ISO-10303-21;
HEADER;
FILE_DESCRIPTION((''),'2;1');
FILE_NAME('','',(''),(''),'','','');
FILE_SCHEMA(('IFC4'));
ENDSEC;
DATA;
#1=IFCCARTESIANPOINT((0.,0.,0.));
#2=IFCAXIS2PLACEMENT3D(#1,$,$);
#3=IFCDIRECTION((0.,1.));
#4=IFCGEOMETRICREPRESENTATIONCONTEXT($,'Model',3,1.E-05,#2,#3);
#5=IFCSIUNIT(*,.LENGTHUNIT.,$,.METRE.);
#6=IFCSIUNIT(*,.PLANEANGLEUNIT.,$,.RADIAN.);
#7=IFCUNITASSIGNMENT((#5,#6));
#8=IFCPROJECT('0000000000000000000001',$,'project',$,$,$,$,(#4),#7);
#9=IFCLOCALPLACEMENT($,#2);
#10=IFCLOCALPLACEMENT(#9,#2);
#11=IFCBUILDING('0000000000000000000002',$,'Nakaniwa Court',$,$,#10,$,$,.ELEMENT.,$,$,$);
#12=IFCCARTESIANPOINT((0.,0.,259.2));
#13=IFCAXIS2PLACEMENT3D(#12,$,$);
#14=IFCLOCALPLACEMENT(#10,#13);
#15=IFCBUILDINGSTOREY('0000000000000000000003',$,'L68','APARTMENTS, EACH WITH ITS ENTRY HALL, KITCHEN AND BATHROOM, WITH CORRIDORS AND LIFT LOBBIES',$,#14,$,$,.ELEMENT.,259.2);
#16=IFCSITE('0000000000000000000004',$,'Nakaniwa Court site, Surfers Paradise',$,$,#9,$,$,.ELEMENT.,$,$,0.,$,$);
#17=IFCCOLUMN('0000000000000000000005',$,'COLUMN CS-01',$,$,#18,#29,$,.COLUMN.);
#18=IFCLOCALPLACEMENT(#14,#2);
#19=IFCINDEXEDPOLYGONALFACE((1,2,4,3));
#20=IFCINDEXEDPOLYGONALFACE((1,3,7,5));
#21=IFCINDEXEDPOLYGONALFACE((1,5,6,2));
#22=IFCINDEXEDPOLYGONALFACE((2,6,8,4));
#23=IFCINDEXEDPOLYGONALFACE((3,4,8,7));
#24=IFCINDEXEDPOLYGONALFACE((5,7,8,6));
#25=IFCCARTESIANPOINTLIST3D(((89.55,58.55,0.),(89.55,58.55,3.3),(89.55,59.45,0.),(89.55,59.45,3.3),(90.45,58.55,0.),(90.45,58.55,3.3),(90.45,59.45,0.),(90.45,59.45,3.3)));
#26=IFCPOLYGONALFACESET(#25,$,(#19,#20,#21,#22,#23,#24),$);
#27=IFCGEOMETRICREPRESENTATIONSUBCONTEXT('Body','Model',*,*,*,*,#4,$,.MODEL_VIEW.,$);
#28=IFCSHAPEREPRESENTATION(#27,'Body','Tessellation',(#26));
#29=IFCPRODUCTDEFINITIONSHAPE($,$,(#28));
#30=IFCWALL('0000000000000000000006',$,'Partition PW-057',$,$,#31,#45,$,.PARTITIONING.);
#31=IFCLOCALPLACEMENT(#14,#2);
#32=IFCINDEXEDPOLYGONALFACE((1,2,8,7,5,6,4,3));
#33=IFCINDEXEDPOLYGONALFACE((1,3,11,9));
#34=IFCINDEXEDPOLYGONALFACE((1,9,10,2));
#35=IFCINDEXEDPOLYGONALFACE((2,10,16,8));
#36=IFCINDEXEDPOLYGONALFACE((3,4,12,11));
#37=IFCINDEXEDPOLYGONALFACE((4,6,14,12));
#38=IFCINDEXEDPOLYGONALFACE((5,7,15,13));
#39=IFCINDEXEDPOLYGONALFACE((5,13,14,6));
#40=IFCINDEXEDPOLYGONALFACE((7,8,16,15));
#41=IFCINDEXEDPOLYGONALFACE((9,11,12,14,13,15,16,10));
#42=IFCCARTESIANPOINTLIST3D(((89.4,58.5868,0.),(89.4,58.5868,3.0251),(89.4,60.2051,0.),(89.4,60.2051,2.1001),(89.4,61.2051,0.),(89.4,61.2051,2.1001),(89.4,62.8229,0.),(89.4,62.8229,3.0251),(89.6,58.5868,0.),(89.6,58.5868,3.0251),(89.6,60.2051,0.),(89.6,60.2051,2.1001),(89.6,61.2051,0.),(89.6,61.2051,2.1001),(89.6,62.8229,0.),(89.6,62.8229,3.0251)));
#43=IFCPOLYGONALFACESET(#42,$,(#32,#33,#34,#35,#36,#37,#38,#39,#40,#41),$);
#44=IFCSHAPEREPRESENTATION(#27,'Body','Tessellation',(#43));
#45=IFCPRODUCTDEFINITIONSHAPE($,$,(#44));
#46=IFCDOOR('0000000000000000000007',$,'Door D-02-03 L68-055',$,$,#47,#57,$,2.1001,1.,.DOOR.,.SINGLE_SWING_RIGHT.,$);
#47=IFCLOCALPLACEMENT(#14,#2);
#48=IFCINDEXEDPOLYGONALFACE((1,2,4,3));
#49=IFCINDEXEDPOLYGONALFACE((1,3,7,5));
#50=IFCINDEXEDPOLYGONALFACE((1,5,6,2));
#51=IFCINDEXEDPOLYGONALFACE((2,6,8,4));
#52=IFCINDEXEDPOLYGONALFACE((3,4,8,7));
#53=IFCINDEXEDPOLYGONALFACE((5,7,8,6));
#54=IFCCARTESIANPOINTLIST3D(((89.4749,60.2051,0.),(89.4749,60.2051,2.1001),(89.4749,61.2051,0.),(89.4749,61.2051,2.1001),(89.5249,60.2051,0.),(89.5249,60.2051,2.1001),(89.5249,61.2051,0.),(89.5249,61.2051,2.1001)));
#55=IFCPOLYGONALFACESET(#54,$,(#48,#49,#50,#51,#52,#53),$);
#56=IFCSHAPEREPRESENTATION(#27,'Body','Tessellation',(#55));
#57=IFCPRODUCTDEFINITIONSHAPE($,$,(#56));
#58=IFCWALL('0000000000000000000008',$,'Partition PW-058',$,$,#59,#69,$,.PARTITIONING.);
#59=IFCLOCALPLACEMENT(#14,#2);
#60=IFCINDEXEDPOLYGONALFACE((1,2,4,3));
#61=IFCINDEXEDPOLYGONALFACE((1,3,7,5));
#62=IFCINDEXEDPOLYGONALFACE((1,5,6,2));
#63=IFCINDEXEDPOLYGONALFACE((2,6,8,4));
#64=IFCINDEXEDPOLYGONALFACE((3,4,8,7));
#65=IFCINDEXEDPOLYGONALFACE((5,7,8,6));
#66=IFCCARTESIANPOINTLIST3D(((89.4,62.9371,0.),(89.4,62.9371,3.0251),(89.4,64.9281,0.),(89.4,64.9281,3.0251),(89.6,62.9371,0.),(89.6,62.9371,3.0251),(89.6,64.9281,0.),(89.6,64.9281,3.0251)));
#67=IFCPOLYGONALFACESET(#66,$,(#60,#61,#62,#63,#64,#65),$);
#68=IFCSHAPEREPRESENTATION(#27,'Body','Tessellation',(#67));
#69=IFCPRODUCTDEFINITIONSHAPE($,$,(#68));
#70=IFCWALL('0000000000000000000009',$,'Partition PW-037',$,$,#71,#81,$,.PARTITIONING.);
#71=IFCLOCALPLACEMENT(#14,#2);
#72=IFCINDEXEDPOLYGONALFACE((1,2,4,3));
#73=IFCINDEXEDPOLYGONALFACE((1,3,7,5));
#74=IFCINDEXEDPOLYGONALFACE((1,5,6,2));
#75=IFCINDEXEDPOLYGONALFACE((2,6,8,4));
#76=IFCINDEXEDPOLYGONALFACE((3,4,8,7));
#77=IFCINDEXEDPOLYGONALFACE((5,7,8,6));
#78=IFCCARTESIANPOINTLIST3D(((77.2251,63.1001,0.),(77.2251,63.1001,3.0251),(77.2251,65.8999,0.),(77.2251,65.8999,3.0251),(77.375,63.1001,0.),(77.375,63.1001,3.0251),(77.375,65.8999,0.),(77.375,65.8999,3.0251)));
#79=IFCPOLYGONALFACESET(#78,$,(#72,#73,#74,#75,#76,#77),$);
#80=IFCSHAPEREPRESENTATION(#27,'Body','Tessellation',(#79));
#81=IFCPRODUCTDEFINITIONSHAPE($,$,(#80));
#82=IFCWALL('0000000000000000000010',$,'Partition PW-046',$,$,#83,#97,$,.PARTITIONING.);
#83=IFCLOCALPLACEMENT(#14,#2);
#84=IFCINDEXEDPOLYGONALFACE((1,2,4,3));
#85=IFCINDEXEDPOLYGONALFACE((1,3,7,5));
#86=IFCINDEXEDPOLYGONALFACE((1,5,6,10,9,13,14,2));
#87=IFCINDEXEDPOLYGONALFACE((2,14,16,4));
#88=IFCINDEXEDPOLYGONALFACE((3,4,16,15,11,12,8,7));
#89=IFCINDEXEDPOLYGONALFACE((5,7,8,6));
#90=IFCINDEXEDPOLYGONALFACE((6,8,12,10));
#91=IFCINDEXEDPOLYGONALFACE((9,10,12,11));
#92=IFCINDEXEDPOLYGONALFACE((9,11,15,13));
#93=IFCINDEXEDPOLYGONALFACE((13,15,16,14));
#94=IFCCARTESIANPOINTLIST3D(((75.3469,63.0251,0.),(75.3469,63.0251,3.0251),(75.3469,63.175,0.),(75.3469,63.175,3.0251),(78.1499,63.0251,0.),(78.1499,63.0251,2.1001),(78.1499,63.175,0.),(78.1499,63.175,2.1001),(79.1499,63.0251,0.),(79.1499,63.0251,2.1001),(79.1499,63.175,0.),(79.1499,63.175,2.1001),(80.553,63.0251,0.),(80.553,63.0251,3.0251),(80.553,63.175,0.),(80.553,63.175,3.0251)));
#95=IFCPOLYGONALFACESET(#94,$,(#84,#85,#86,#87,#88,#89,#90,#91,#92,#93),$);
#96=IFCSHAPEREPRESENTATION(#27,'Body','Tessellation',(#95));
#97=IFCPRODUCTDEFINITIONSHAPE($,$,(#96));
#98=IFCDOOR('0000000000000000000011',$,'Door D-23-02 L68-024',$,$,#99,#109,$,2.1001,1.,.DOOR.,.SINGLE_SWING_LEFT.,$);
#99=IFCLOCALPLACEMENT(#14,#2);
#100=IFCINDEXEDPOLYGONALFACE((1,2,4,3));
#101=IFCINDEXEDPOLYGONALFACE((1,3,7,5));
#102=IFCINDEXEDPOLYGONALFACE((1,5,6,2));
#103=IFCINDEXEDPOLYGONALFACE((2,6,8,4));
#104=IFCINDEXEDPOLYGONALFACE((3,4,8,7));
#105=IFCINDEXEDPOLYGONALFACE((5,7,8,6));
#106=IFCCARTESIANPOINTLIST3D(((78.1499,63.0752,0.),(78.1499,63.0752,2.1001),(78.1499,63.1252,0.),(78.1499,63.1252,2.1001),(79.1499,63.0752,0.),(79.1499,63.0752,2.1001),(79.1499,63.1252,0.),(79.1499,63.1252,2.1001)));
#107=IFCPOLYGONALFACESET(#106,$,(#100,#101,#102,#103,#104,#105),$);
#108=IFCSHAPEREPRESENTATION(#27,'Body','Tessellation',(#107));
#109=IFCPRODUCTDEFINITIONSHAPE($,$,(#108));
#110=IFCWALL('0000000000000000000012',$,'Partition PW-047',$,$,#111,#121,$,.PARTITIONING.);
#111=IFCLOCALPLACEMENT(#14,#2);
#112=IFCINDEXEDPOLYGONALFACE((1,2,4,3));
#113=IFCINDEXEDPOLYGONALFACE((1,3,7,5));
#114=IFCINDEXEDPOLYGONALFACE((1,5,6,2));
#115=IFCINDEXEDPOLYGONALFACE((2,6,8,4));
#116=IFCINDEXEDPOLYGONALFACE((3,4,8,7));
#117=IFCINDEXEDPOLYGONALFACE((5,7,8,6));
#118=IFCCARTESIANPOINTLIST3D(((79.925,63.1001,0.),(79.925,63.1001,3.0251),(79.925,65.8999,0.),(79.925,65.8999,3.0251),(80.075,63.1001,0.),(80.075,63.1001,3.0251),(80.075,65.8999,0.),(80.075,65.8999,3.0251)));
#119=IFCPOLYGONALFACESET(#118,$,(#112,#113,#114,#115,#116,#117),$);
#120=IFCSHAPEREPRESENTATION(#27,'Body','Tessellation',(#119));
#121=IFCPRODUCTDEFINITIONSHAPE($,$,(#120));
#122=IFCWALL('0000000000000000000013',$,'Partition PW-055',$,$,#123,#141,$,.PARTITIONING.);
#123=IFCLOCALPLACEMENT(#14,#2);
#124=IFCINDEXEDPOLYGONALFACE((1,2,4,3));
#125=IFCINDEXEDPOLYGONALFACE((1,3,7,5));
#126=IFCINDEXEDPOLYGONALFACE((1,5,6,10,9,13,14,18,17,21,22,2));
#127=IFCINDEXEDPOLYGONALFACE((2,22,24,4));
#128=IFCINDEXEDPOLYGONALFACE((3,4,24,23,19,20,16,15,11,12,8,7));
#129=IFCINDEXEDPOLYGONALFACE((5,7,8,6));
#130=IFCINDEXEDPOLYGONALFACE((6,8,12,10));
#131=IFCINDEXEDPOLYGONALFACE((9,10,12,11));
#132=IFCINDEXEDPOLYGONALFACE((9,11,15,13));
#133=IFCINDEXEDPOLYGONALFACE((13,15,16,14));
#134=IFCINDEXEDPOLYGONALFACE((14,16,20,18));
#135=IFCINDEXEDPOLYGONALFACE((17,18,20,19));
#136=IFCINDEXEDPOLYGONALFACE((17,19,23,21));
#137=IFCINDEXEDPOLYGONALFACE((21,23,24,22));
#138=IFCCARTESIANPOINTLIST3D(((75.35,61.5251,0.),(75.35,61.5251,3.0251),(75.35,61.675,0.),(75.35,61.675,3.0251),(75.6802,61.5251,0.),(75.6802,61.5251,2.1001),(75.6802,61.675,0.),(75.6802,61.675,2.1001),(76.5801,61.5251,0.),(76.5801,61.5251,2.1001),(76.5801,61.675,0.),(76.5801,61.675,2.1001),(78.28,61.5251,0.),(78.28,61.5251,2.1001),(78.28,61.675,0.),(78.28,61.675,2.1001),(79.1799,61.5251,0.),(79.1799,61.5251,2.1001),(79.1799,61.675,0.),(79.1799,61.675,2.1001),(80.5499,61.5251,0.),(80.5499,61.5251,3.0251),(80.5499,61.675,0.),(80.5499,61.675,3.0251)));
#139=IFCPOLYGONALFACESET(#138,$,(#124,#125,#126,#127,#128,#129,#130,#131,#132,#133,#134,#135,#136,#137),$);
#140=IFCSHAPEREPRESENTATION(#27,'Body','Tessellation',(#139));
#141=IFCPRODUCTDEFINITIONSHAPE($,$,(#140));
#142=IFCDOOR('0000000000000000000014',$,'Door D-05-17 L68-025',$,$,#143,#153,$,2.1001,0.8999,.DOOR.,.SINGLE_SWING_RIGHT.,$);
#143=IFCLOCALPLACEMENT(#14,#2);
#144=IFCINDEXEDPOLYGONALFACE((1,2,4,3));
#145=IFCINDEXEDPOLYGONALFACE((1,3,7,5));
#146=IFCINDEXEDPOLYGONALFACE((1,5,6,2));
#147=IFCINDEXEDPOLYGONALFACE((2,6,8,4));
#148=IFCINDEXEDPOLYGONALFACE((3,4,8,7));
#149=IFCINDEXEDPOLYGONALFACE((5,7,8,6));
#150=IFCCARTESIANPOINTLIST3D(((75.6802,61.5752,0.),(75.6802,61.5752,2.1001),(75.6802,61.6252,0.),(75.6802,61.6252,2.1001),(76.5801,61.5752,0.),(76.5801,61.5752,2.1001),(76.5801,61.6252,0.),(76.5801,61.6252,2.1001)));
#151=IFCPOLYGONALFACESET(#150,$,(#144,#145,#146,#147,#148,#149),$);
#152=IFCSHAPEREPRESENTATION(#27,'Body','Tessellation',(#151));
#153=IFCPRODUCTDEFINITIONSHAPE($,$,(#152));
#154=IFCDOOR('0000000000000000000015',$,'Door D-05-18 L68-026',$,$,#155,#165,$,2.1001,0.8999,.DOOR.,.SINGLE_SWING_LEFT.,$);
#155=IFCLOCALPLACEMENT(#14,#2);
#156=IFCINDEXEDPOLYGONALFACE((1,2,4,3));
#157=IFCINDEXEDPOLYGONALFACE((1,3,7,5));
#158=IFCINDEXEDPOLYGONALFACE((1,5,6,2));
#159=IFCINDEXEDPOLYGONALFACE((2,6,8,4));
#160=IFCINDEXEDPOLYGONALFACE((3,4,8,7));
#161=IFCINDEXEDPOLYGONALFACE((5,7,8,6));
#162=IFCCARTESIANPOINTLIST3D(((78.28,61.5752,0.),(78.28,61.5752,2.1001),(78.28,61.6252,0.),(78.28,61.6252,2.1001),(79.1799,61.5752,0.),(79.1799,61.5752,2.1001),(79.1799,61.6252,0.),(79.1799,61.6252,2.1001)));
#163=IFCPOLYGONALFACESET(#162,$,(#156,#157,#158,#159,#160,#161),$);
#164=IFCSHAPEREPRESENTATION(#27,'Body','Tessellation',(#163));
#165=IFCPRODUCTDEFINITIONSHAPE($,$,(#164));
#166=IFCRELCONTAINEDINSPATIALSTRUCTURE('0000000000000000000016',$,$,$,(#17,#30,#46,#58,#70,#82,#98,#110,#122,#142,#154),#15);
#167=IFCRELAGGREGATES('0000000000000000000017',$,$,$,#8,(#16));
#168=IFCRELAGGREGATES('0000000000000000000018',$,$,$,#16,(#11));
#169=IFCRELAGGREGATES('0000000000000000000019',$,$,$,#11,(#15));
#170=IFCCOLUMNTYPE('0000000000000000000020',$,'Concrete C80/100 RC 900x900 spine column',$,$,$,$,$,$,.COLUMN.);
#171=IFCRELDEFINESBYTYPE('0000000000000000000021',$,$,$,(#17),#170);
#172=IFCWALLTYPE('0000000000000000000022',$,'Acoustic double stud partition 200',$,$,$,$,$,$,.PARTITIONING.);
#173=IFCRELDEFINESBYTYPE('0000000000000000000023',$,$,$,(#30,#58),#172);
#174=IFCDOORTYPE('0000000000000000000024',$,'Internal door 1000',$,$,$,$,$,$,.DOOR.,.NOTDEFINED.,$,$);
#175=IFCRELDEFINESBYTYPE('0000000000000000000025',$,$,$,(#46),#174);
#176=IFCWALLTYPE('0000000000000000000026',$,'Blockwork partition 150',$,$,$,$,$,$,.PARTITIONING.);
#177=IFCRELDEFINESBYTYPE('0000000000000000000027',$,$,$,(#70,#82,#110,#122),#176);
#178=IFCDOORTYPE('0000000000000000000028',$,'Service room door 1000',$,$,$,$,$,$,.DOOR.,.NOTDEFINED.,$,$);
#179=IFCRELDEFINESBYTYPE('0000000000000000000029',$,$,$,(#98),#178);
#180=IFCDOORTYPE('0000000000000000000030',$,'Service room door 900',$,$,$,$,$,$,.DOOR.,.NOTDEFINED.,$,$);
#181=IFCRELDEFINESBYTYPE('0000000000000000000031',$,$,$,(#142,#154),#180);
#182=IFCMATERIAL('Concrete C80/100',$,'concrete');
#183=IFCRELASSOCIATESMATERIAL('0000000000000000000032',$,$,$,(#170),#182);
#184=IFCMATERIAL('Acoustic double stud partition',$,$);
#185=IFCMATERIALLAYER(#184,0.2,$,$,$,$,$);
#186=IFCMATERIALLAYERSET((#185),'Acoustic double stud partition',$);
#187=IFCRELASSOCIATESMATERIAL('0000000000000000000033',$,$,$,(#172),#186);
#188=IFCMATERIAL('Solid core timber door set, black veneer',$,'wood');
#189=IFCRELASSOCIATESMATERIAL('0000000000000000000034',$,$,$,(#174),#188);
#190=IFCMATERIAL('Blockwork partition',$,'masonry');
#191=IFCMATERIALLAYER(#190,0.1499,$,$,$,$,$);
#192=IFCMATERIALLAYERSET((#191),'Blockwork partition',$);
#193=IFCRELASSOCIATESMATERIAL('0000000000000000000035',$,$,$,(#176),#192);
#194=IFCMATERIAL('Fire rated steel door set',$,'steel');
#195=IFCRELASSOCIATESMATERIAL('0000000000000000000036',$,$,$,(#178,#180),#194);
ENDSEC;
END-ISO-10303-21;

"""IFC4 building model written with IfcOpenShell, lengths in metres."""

from ifc_helpers import new_model, si_unit, direction, frame, frame_2d, origin, origin_2d, place, context, subcontext, project, spatial, rectangle, extrude, material, layer, layer_set, material_profile, profile_set, type_object, element, fill, save


model = new_model("IFC4")

# Units and contexts
model_context = context("Model", 3, precision=1e-05, world=origin(), true_north=direction((0.0, 1.0)))
body_context = subcontext(model_context, "Body", "Model", "MODEL_VIEW")
ifc_project = project(units=[si_unit("LENGTHUNIT", "METRE"), si_unit("PLANEANGLEUNIT", "RADIAN")], contexts=[model_context])

# Site, building, storey
site_placement = place(None, origin())
site = spatial("IfcSite", under=ifc_project, at=site_placement, Name="Nakaniwa Court site, Surfers Paradise", CompositionType="ELEMENT", RefElevation=0.0)
building_placement = place(site_placement, origin())
building = spatial("IfcBuilding", under=site, at=building_placement, Name="Nakaniwa Court", CompositionType="ELEMENT")
storey_placement = place(building_placement, frame((0.0, 0.0, 259.2)))
storey = spatial("IfcBuildingStorey", under=building, at=storey_placement, Name="L68", Description="APARTMENTS, EACH WITH ITS ENTRY HALL, KITCHEN AND BATHROOM, WITH CORRIDORS AND LIFT LOBBIES", CompositionType="ELEMENT", Elevation=259.2)

# Column
ifc_material_1 = material(Name="Concrete C80/100", Category="concrete")
ifc_material_profile = material_profile(ifc_material_1, rectangle(XDim=0.8999, YDim=0.8999, at=origin_2d()), Name="Concrete C80/100 RC 900x900 spine column")
ifc_profile_set = profile_set([ifc_material_profile], Name="Concrete C80/100")
column_type = type_object("IfcColumnType", Name="Concrete C80/100 RC 900x900 spine column", PredefinedType="COLUMN", material=ifc_profile_set)
column_placement = place(storey_placement, frame((90.0, 59.0, 0.0), z_axis=(0.0, 0.0, 1.0), x_axis=(0.0, 1.0, 0.0)))
element("IfcColumn", 1, at=column_placement, inside=storey, type_object=column_type, Name="COLUMN CS-01", PredefinedType="COLUMN", context=body_context, shape_type="SweptSolid", body=[
    extrude(rectangle(XDim=0.8999, YDim=0.8999, at=origin_2d()), origin(), (0.0, 0.0, 1.0), 3.3),
])

# Wall, opening, door
ifc_material_2 = material(Name="Acoustic double stud partition")
ifc_layer_1 = layer(ifc_material_2, 0.2)
ifc_layer_set_1 = layer_set([ifc_layer_1], Name="Acoustic double stud partition")
wall_type_1 = type_object("IfcWallType", Name="Acoustic double stud partition 200", PredefinedType="PARTITIONING", material=ifc_layer_set_1)
wall_1_placement = place(storey_placement, frame((89.5, 62.823, 0.0), z_axis=(0.0, 0.0, 1.0), x_axis=(0.0, -1.0, 0.0)))
wall_1 = element("IfcWall", 2, at=wall_1_placement, inside=storey, type_object=wall_type_1, Name="Partition PW-057", PredefinedType="PARTITIONING", context=body_context, shape_type="SweptSolid", body=[
    extrude(rectangle(XDim=4.2361, YDim=0.2, at=frame_2d((2.1182, 0.0))), origin(), (0.0, 0.0, 1.0), 3.0251),
])
opening_1_placement = place(wall_1_placement, frame((1.6179, 0.0, 0.0)))
opening_1 = element("IfcOpeningElement", 3, at=opening_1_placement, cuts=wall_1, PredefinedType="OPENING", context=body_context, shape_type="SweptSolid", body=[
    extrude(rectangle(XDim=1.0, YDim=2.1001, at=frame_2d((0.5, 1.05))), frame((0.0, 0.1099, 0.0), z_axis=(0.0, -1.0, 0.0), x_axis=(1.0, 0.0, 0.0)), (0.0, 0.0, 1.0), 0.22),
])
ifc_material_3 = material(Name="Solid core timber door set, black veneer", Category="wood")
door_type_1 = type_object("IfcDoorType", Name="Internal door 1000", OperationType="NOTDEFINED", PredefinedType="DOOR", material=ifc_material_3)
door_1_placement = place(opening_1_placement, origin())
door_1 = element("IfcDoor", 4, at=door_1_placement, inside=storey, type_object=door_type_1, Name="Door D-02-03 L68-055", OperationType="SINGLE_SWING_RIGHT", OverallHeight=2.1001, OverallWidth=1.0, PredefinedType="DOOR", context=body_context, shape_type="SweptSolid", body=[
    extrude(rectangle(XDim=1.0, YDim=2.1001, at=frame_2d((0.5, 1.05))), frame((0.0, 0.0249, 0.0), z_axis=(0.0, -1.0, 0.0), x_axis=(1.0, 0.0, 0.0)), (0.0, 0.0, 1.0), 0.05),
])
fill(opening_1, door_1)

# Walls
wall_2_placement = place(storey_placement, frame((89.5, 62.937, 0.0), z_axis=(0.0, 0.0, 1.0), x_axis=(0.0, 1.0, 0.0)))
element("IfcWall", 5, at=wall_2_placement, inside=storey, type_object=wall_type_1, Name="Partition PW-058", PredefinedType="PARTITIONING", context=body_context, shape_type="SweptSolid", body=[
    extrude(rectangle(XDim=1.991, YDim=0.2, at=frame_2d((0.9956, 0.0))), origin(), (0.0, 0.0, 1.0), 3.0251),
])
ifc_material_4 = material(Name="Blockwork partition", Category="masonry")
ifc_layer_2 = layer(ifc_material_4, 0.1499)
ifc_layer_set_2 = layer_set([ifc_layer_2], Name="Blockwork partition")
wall_type_2 = type_object("IfcWallType", Name="Blockwork partition 150", PredefinedType="PARTITIONING", material=ifc_layer_set_2)
wall_3_placement = place(storey_placement, frame((77.3, 63.1001, 0.0), z_axis=(0.0, 0.0, 1.0), x_axis=(0.0, 1.0, 0.0)))
element("IfcWall", 6, at=wall_3_placement, inside=storey, type_object=wall_type_2, Name="Partition PW-037", PredefinedType="PARTITIONING", context=body_context, shape_type="SweptSolid", body=[
    extrude(rectangle(XDim=2.7998, YDim=0.1499, at=frame_2d((1.3999, 0.0))), origin(), (0.0, 0.0, 1.0), 3.0251),
])

# Wall, opening, door
wall_4_placement = place(storey_placement, frame((80.553, 63.1001, 0.0), z_axis=(0.0, 0.0, 1.0), x_axis=(-1.0, 0.0, 0.0)))
wall_4 = element("IfcWall", 7, at=wall_4_placement, inside=storey, type_object=wall_type_2, Name="Partition PW-046", PredefinedType="PARTITIONING", context=body_context, shape_type="SweptSolid", body=[
    extrude(rectangle(XDim=5.2061, YDim=0.1499, at=frame_2d((2.603, 0.0))), origin(), (0.0, 0.0, 1.0), 3.0251),
])
opening_2_placement = place(wall_4_placement, frame((1.4031, 0.0, 0.0)))
opening_2 = element("IfcOpeningElement", 8, at=opening_2_placement, cuts=wall_4, PredefinedType="OPENING", context=body_context, shape_type="SweptSolid", body=[
    extrude(rectangle(XDim=1.0, YDim=2.1001, at=frame_2d((0.5, 1.05))), frame((0.0, 0.085, 0.0), z_axis=(0.0, -1.0, 0.0), x_axis=(1.0, 0.0, 0.0)), (0.0, 0.0, 1.0), 0.1699),
])
ifc_material_5 = material(Name="Fire rated steel door set", Category="steel")
door_type_2 = type_object("IfcDoorType", Name="Service room door 1000", OperationType="NOTDEFINED", PredefinedType="DOOR", material=ifc_material_5)
door_2_placement = place(opening_2_placement, origin())
door_2 = element("IfcDoor", 9, at=door_2_placement, inside=storey, type_object=door_type_2, Name="Door D-23-02 L68-024", OperationType="SINGLE_SWING_LEFT", OverallHeight=2.1001, OverallWidth=1.0, PredefinedType="DOOR", context=body_context, shape_type="SweptSolid", body=[
    extrude(rectangle(XDim=1.0, YDim=2.1001, at=frame_2d((0.5, 1.05))), frame((0.0, 0.0249, 0.0), z_axis=(0.0, -1.0, 0.0), x_axis=(1.0, 0.0, 0.0)), (0.0, 0.0, 1.0), 0.05),
])
fill(opening_2, door_2)

# Wall
wall_5_placement = place(storey_placement, frame((80.0, 63.1001, 0.0), z_axis=(0.0, 0.0, 1.0), x_axis=(0.0, 1.0, 0.0)))
element("IfcWall", 10, at=wall_5_placement, inside=storey, type_object=wall_type_2, Name="Partition PW-047", PredefinedType="PARTITIONING", context=body_context, shape_type="SweptSolid", body=[
    extrude(rectangle(XDim=2.7998, YDim=0.1499, at=frame_2d((1.3999, 0.0))), origin(), (0.0, 0.0, 1.0), 3.0251),
])

# Wall, openings, doors
wall_6_placement = place(storey_placement, frame((80.55, 61.6001, 0.0), z_axis=(0.0, 0.0, 1.0), x_axis=(-1.0, 0.0, 0.0)))
wall_6 = element("IfcWall", 11, at=wall_6_placement, inside=storey, type_object=wall_type_2, Name="Partition PW-055", PredefinedType="PARTITIONING", context=body_context, shape_type="SweptSolid", body=[
    extrude(rectangle(XDim=5.2, YDim=0.1499, at=frame_2d((2.6001, 0.0))), origin(), (0.0, 0.0, 1.0), 3.0251),
])
opening_3_placement = place(wall_6_placement, frame((3.97, 0.0, 0.0)))
opening_3 = element("IfcOpeningElement", 12, at=opening_3_placement, cuts=wall_6, PredefinedType="OPENING", context=body_context, shape_type="SweptSolid", body=[
    extrude(rectangle(XDim=0.8999, YDim=2.1001, at=frame_2d((0.45, 1.05))), frame((0.0, 0.085, 0.0), z_axis=(0.0, -1.0, 0.0), x_axis=(1.0, 0.0, 0.0)), (0.0, 0.0, 1.0), 0.1699),
])
opening_4_placement = place(wall_6_placement, frame((1.3701, 0.0, 0.0)))
opening_4 = element("IfcOpeningElement", 13, at=opening_4_placement, cuts=wall_6, PredefinedType="OPENING", context=body_context, shape_type="SweptSolid", body=[
    extrude(rectangle(XDim=0.8999, YDim=2.1001, at=frame_2d((0.45, 1.05))), frame((0.0, 0.085, 0.0), z_axis=(0.0, -1.0, 0.0), x_axis=(1.0, 0.0, 0.0)), (0.0, 0.0, 1.0), 0.1699),
])
door_type_3 = type_object("IfcDoorType", Name="Service room door 900", OperationType="NOTDEFINED", PredefinedType="DOOR", material=ifc_material_5)
door_3_placement = place(opening_3_placement, origin())
door_3 = element("IfcDoor", 14, at=door_3_placement, inside=storey, type_object=door_type_3, Name="Door D-05-17 L68-025", OperationType="SINGLE_SWING_RIGHT", OverallHeight=2.1001, OverallWidth=0.8999, PredefinedType="DOOR", context=body_context, shape_type="SweptSolid", body=[
    extrude(rectangle(XDim=0.8999, YDim=2.1001, at=frame_2d((0.45, 1.05))), frame((0.0, 0.0249, 0.0), z_axis=(0.0, -1.0, 0.0), x_axis=(1.0, 0.0, 0.0)), (0.0, 0.0, 1.0), 0.05),
])
fill(opening_3, door_3)
door_4_placement = place(opening_4_placement, origin())
door_4 = element("IfcDoor", 15, at=door_4_placement, inside=storey, type_object=door_type_3, Name="Door D-05-18 L68-026", OperationType="SINGLE_SWING_LEFT", OverallHeight=2.1001, OverallWidth=0.8999, PredefinedType="DOOR", context=body_context, shape_type="SweptSolid", body=[
    extrude(rectangle(XDim=0.8999, YDim=2.1001, at=frame_2d((0.45, 1.05))), frame((0.0, 0.0249, 0.0), z_axis=(0.0, -1.0, 0.0), x_axis=(1.0, 0.0, 0.0)), (0.0, 0.0, 1.0), 0.05),
])
fill(opening_4, door_4)

save(model, "model.ifc")
